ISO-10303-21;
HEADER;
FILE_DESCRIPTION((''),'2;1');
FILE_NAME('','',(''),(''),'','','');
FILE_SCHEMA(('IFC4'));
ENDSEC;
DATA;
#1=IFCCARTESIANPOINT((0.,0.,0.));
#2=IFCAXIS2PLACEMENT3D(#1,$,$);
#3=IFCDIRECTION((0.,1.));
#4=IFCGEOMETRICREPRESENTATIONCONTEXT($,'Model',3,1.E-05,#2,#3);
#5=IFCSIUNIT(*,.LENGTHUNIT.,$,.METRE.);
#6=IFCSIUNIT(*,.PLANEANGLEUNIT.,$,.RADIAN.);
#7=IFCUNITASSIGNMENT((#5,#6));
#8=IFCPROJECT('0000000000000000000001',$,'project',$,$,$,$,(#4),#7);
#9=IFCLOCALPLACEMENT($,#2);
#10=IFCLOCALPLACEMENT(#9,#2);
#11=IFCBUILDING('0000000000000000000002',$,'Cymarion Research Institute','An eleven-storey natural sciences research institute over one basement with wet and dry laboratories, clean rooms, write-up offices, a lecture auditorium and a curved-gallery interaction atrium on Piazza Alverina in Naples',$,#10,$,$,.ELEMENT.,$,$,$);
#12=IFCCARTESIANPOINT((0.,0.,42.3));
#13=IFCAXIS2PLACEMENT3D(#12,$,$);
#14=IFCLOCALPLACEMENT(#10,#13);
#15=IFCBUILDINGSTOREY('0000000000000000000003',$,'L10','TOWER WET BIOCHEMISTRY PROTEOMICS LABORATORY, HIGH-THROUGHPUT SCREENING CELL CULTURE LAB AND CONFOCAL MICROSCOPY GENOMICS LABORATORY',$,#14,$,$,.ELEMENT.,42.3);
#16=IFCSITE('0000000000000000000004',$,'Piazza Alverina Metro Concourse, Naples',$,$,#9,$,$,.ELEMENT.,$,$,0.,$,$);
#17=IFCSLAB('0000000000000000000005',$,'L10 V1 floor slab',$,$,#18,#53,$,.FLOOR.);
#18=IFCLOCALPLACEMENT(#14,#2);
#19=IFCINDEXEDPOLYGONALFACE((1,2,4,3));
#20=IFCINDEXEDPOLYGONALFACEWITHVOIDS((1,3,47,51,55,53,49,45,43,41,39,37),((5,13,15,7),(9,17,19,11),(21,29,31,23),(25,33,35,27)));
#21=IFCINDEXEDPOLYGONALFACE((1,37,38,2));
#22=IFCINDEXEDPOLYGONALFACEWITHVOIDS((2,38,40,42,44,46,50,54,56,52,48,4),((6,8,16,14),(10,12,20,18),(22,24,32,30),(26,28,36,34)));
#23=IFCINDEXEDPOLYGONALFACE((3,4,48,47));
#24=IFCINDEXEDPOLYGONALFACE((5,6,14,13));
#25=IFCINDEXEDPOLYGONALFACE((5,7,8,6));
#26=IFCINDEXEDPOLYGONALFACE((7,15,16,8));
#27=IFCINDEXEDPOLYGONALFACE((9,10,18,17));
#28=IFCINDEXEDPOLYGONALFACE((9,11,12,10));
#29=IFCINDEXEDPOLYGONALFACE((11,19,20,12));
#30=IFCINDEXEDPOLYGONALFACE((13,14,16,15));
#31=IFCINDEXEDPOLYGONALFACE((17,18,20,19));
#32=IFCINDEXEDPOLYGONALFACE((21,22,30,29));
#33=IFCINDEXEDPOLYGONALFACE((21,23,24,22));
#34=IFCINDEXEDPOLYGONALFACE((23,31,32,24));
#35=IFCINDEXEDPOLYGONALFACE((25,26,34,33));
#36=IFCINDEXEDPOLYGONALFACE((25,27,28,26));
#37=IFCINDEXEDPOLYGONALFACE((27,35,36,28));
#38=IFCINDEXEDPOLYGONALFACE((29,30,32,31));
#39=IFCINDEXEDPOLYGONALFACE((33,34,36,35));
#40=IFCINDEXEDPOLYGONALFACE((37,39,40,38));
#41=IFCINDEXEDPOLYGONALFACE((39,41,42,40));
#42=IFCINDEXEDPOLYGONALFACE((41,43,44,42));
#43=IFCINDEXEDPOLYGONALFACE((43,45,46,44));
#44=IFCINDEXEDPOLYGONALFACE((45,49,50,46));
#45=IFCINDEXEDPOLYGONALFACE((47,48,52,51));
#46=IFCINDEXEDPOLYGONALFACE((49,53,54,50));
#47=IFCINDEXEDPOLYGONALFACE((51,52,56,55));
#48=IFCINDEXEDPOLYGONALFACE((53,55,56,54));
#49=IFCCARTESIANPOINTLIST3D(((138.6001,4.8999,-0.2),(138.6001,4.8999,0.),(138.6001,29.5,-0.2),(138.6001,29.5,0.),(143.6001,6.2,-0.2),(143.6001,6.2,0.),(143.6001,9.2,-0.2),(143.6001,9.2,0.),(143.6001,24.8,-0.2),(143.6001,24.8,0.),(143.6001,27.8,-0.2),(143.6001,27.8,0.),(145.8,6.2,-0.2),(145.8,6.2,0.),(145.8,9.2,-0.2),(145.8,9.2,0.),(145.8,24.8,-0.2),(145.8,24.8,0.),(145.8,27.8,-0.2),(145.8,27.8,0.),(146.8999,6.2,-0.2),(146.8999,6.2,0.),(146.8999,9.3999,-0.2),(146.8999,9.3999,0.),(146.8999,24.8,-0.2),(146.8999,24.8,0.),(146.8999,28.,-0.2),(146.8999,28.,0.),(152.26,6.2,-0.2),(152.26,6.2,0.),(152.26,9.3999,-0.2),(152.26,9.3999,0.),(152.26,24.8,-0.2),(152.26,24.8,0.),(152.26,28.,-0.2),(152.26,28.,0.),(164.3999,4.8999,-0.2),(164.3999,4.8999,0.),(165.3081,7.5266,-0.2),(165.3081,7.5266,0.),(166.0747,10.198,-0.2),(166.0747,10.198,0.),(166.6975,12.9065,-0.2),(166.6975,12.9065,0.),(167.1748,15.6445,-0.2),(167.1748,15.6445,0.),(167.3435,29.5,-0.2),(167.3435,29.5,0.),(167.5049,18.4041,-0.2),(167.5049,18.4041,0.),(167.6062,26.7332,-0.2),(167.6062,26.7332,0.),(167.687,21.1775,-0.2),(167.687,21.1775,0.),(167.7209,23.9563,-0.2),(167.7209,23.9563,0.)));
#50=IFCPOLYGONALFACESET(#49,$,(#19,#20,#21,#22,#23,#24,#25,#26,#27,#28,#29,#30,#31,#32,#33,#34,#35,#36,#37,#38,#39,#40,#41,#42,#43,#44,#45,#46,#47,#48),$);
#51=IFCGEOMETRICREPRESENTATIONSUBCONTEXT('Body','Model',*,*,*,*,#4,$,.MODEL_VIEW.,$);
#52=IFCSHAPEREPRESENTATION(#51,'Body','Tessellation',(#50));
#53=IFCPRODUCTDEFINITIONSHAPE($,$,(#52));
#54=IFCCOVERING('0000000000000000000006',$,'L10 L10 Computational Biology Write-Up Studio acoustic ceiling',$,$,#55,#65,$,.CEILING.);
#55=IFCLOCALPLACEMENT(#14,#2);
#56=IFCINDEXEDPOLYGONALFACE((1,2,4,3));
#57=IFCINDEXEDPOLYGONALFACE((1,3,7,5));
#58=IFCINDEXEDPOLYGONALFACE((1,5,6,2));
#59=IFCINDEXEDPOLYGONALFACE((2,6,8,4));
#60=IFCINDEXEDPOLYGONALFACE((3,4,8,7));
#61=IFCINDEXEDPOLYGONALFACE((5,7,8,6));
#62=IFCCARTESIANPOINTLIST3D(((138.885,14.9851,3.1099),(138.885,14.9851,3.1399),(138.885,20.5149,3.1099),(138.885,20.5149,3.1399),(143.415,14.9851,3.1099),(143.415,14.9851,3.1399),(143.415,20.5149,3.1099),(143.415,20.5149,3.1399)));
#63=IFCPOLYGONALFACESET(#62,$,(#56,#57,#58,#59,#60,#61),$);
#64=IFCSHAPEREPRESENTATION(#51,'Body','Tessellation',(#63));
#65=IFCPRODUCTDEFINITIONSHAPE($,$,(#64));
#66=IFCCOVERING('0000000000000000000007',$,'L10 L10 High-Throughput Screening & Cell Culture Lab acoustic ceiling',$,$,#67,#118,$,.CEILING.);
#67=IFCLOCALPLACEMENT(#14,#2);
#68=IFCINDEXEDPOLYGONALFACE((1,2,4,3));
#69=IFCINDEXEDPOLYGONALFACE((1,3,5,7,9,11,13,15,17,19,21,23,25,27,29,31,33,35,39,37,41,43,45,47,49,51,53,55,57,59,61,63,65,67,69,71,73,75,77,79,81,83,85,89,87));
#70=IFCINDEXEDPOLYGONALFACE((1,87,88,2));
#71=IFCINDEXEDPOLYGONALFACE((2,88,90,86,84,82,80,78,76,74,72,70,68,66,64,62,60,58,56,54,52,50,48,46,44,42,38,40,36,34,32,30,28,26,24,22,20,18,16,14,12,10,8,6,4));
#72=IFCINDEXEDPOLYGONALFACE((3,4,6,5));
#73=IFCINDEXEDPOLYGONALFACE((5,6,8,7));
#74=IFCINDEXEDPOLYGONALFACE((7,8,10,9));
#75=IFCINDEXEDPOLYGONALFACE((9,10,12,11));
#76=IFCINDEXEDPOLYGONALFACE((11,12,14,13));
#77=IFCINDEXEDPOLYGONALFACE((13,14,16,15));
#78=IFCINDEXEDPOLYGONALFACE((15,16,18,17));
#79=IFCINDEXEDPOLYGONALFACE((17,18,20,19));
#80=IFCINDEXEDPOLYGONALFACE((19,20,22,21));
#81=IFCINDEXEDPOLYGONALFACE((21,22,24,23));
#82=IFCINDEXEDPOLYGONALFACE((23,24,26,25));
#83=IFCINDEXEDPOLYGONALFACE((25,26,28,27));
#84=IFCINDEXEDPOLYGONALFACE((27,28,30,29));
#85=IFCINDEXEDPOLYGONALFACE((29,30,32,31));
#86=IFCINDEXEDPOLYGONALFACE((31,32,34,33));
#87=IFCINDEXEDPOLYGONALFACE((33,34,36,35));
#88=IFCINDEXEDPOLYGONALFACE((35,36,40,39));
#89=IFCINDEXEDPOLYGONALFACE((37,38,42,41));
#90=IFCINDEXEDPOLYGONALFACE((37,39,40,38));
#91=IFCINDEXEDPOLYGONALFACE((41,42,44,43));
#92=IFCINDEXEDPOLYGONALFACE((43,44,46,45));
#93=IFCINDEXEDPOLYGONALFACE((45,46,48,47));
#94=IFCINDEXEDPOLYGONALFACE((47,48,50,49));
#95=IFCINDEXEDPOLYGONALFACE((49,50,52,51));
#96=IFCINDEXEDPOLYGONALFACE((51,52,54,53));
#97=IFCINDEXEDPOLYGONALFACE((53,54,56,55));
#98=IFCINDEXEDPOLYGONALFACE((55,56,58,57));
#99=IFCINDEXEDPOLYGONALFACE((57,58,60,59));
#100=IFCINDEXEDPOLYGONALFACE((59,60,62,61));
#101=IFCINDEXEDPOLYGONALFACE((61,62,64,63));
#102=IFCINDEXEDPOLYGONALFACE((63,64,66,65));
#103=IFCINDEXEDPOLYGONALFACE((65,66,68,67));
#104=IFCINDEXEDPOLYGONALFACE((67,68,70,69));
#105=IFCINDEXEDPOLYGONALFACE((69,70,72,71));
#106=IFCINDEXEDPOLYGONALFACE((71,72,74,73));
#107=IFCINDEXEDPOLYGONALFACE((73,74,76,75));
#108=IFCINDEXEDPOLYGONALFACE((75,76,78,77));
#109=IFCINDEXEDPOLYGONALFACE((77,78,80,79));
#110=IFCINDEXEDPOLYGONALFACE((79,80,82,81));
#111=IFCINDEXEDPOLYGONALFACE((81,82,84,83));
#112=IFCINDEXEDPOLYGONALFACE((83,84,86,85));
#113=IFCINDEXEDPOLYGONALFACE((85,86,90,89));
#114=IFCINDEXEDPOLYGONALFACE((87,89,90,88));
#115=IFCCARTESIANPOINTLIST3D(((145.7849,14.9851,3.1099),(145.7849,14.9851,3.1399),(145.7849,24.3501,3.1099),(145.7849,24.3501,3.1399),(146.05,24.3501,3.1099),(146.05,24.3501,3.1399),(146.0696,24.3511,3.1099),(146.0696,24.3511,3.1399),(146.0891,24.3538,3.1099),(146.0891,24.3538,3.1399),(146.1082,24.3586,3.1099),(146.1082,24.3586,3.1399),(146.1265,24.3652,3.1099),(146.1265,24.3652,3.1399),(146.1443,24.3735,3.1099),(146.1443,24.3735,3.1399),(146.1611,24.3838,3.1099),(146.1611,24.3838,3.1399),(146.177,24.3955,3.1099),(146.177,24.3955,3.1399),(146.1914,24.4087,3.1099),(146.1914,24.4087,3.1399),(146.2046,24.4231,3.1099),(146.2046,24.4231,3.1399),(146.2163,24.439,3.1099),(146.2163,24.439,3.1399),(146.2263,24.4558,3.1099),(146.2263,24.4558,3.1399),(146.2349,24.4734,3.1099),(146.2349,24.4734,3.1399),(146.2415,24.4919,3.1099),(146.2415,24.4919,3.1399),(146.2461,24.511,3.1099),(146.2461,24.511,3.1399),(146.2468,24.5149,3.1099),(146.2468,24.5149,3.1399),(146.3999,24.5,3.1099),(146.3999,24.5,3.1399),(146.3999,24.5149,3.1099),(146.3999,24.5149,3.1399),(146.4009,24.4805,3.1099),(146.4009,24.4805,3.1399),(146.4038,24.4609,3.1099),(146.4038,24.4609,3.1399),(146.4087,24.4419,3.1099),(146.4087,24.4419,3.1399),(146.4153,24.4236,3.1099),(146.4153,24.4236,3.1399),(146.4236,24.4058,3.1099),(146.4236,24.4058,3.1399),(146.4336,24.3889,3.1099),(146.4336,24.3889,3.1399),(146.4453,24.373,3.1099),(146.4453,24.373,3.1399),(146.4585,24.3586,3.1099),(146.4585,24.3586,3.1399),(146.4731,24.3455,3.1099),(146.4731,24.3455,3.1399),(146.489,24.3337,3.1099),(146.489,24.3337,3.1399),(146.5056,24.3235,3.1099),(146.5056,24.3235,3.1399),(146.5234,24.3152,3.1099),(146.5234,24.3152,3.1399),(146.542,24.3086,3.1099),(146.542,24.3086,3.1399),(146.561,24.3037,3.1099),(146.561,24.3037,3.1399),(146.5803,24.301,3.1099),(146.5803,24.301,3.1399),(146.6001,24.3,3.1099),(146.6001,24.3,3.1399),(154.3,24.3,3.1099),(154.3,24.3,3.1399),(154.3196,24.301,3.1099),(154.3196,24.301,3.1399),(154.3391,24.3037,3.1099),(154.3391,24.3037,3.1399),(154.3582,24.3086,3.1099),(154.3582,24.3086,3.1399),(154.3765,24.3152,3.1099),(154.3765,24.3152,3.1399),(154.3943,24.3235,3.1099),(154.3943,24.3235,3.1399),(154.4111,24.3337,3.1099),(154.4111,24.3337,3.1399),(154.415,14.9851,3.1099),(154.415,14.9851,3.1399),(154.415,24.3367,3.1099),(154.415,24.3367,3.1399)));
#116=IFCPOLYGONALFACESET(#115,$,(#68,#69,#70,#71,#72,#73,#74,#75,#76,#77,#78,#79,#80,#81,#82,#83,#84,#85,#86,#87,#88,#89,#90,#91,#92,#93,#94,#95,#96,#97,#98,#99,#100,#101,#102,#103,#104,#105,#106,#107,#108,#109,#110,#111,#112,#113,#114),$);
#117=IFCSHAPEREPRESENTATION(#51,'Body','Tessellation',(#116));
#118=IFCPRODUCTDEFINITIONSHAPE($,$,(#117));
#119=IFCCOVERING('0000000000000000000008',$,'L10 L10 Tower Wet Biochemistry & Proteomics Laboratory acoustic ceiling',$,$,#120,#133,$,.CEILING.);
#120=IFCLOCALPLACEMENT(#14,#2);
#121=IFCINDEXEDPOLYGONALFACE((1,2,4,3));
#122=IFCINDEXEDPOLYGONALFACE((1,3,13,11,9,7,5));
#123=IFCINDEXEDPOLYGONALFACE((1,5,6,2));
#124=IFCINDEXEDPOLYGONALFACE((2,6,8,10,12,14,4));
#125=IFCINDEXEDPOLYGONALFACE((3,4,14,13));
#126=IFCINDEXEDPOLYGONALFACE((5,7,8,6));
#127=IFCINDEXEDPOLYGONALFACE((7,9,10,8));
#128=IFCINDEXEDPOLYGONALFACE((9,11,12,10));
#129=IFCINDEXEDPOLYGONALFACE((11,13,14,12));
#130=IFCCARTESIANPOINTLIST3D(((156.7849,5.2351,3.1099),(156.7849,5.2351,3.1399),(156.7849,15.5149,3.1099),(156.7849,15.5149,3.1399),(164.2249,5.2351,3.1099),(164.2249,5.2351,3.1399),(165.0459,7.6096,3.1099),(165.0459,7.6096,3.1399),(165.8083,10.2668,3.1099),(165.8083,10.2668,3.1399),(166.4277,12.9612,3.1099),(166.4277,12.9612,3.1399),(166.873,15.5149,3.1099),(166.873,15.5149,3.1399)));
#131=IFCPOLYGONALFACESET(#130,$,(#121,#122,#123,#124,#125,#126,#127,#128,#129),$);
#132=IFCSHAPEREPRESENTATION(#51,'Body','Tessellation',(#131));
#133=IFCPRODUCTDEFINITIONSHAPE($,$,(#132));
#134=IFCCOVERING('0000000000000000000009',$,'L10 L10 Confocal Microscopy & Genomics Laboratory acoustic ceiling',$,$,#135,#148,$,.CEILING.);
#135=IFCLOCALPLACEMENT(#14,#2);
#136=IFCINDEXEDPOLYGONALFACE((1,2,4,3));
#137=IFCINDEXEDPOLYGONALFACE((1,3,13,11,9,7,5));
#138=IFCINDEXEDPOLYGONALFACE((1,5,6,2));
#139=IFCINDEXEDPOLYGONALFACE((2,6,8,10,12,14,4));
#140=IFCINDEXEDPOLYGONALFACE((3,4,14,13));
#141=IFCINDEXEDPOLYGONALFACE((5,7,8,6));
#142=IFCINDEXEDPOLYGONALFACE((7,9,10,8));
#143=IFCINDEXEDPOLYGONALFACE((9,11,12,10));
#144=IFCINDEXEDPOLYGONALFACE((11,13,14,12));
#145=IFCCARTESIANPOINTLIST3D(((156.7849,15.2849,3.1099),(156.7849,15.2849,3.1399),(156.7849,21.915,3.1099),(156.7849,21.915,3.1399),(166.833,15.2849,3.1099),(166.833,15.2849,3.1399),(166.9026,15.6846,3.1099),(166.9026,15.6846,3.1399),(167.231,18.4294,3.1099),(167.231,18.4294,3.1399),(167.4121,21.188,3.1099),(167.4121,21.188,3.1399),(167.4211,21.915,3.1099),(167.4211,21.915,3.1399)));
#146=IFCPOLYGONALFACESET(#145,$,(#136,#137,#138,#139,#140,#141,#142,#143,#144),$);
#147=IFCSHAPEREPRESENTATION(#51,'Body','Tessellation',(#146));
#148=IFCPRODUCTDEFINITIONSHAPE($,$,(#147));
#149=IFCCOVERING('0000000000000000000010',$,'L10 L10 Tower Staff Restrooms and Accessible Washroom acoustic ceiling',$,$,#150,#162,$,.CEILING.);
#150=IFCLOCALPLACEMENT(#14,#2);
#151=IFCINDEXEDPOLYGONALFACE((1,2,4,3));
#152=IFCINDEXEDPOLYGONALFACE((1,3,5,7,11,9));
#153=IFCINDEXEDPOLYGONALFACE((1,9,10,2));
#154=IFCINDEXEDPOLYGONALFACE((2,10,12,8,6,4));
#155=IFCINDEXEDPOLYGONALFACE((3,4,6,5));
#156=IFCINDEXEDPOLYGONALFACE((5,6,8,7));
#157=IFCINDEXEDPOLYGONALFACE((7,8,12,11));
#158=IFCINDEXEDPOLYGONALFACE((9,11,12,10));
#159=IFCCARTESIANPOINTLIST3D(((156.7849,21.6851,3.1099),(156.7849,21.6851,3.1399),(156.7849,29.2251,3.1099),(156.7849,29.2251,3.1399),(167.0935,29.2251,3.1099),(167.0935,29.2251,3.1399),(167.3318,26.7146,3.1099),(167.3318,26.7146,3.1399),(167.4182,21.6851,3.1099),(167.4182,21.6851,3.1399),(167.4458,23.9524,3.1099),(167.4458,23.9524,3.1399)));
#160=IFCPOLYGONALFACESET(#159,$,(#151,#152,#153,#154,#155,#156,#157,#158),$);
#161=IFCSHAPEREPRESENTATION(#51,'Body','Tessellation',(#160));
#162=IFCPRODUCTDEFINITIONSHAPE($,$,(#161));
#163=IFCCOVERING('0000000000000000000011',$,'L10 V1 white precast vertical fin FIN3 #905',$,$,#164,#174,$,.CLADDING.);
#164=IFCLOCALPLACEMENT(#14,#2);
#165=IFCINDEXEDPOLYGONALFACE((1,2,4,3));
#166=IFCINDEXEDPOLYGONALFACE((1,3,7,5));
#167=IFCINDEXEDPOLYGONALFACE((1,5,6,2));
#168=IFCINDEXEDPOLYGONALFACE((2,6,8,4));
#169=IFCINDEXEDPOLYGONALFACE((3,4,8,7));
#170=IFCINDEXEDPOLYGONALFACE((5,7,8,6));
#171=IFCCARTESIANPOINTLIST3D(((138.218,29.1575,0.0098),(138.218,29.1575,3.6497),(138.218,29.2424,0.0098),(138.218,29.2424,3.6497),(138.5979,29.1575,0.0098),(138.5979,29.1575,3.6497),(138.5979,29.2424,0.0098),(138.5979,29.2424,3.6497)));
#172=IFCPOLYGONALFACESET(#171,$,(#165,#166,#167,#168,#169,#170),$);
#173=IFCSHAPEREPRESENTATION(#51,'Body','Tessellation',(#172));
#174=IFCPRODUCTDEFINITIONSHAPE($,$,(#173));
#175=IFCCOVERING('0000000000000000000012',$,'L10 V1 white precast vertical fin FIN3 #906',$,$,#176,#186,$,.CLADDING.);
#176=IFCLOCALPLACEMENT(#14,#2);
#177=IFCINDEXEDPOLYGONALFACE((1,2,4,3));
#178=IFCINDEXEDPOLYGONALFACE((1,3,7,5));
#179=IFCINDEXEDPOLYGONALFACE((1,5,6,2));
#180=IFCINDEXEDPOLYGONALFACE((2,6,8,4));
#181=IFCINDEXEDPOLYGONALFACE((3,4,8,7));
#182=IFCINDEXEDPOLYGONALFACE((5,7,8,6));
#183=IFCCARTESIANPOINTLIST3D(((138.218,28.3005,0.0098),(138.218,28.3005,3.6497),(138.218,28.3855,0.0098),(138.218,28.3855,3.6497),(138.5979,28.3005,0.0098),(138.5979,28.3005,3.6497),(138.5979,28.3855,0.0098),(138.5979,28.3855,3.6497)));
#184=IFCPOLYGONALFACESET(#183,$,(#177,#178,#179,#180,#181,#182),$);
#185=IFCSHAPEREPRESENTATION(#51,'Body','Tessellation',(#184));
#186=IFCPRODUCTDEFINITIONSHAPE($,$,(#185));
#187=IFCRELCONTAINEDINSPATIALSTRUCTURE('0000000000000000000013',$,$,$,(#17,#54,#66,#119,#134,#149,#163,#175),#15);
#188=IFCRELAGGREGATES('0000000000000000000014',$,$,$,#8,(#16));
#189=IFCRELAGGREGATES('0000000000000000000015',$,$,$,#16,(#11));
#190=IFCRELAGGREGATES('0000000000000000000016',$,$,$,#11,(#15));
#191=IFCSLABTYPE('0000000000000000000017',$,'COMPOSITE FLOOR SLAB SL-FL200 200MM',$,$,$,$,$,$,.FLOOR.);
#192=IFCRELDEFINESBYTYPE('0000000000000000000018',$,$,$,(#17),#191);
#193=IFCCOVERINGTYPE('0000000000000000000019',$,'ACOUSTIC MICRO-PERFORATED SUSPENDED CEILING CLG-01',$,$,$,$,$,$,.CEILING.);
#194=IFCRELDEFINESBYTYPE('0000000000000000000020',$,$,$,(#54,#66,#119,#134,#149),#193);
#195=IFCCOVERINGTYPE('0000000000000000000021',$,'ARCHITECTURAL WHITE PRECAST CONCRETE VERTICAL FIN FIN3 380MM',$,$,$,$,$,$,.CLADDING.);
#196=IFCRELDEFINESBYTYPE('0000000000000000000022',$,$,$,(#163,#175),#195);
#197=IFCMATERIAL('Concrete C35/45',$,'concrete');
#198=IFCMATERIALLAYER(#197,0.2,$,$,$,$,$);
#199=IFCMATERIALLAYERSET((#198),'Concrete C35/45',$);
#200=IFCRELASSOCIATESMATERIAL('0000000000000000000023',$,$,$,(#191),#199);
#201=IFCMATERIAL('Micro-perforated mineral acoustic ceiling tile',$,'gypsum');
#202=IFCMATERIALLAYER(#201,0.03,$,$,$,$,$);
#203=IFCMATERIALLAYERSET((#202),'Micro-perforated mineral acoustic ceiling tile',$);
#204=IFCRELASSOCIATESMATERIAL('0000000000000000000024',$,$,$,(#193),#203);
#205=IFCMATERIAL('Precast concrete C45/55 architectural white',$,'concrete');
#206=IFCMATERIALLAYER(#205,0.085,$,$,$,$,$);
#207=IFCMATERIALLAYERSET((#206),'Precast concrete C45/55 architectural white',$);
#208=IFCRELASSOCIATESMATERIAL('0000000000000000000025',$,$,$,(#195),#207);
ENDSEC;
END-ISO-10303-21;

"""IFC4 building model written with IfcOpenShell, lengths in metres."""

from ifc_helpers import new_model, si_unit, direction, frame, origin, origin_2d, place, context, subcontext, project, spatial, polyline, rectangle, outline, extrude, material, layer, layer_set, type_object, element, save


model = new_model("IFC4")

# Units and contexts
model_context = context("Model", 3, precision=1e-05, world=origin(), true_north=direction((0.0, 1.0)))
body_context = subcontext(model_context, "Body", "Model", "MODEL_VIEW")
ifc_project = project(units=[si_unit("LENGTHUNIT", "METRE"), si_unit("PLANEANGLEUNIT", "RADIAN")], contexts=[model_context])

# Site, building, storey
site_placement = place(None, origin())
site = spatial("IfcSite", under=ifc_project, at=site_placement, Name="Piazza Alverina Metro Concourse, Naples", CompositionType="ELEMENT", RefElevation=0.0)
building_placement = place(site_placement, origin())
building = spatial("IfcBuilding", under=site, at=building_placement, Name="Cymarion Research Institute", Description="An eleven-storey natural sciences research institute over one basement with wet and dry laboratories, clean rooms, write-up offices, a lecture auditorium and a curved-gallery interaction atrium on Piazza Alverina in Naples", CompositionType="ELEMENT")
storey_placement = place(building_placement, frame((0.0, 0.0, 42.3)))
storey = spatial("IfcBuildingStorey", under=building, at=storey_placement, Name="L10", Description="TOWER WET BIOCHEMISTRY PROTEOMICS LABORATORY, HIGH-THROUGHPUT SCREENING CELL CULTURE LAB AND CONFOCAL MICROSCOPY GENOMICS LABORATORY", CompositionType="ELEMENT", Elevation=42.3)

# Slab
ifc_material_1 = material(Name="Concrete C35/45", Category="concrete")
ifc_layer_1 = layer(ifc_material_1, 0.2)
ifc_layer_set_1 = layer_set([ifc_layer_1], Name="Concrete C35/45")
slab_type = type_object("IfcSlabType", Name="COMPOSITE FLOOR SLAB SL-FL200 200MM", PredefinedType="FLOOR", material=ifc_layer_set_1)
slab_placement = place(storey_placement, frame((0.0, 0.0, -0.2)))
element("IfcSlab", 1, at=slab_placement, inside=storey, type_object=slab_type, Name="L10 V1 floor slab", PredefinedType="FLOOR", context=body_context, shape_type="SweptSolid", body=[
    extrude(outline(polyline([(138.6001, 4.8999), (164.3999, 4.8999), (165.3081, 7.5266), (166.0747, 10.198), (166.6975, 12.9065), (167.1748, 15.6445), (167.5049, 18.4041), (167.687, 21.1775), (167.7209, 23.9563), (167.6062, 26.7332), (167.3435, 29.5), (138.6001, 29.5), (138.6001, 4.8999)]), holes=[polyline([(152.26, 9.3999), (146.8999, 9.3999), (146.8999, 6.2), (152.26, 6.2), (152.26, 9.3999)]), polyline([(143.6001, 6.2), (145.8, 6.2), (145.8, 9.2), (143.6001, 9.2), (143.6001, 6.2)]), polyline([(152.26, 28.0), (146.8999, 28.0), (146.8999, 24.8), (152.26, 24.8), (152.26, 28.0)]), polyline([(143.6001, 24.8), (145.8, 24.8), (145.8, 27.8), (143.6001, 27.8), (143.6001, 24.8)])]), origin(), (0.0, 0.0, 1.0), 0.2),
])

# Coverings
ifc_material_2 = material(Name="Micro-perforated mineral acoustic ceiling tile", Category="gypsum")
ifc_layer_2 = layer(ifc_material_2, 0.03)
ifc_layer_set_2 = layer_set([ifc_layer_2], Name="Micro-perforated mineral acoustic ceiling tile")
covering_type_1 = type_object("IfcCoveringType", Name="ACOUSTIC MICRO-PERFORATED SUSPENDED CEILING CLG-01", PredefinedType="CEILING", material=ifc_layer_set_2)
covering_1_placement = place(storey_placement, frame((0.0, 0.0, 3.1099)))
element("IfcCovering", 2, at=covering_1_placement, inside=storey, type_object=covering_type_1, Name="L10 L10 Computational Biology Write-Up Studio acoustic ceiling", PredefinedType="CEILING", context=body_context, shape_type="SweptSolid", body=[
    extrude(outline(polyline([(143.415, 20.5149), (143.415, 14.9851), (138.885, 14.9851), (138.885, 20.5149), (143.415, 20.5149)])), origin(), (0.0, 0.0, 1.0), 0.03),
])
covering_2_placement = place(storey_placement, frame((0.0, 0.0, 3.1099)))
element("IfcCovering", 3, at=covering_2_placement, inside=storey, type_object=covering_type_1, Name="L10 L10 High-Throughput Screening & Cell Culture Lab acoustic ceiling", PredefinedType="CEILING", context=body_context, shape_type="SweptSolid", body=[
    extrude(outline(polyline([(146.3999, 24.5149), (146.3999, 24.5), (146.4009, 24.4805), (146.4038, 24.4609), (146.4087, 24.4419), (146.4153, 24.4236), (146.4236, 24.4058), (146.4336, 24.3889), (146.4453, 24.373), (146.4585, 24.3586), (146.4731, 24.3455), (146.489, 24.3337), (146.5056, 24.3235), (146.5234, 24.3152), (146.542, 24.3086), (146.561, 24.3037), (146.5803, 24.301), (146.6001, 24.3), (154.3, 24.3), (154.3196, 24.301), (154.3391, 24.3037), (154.3582, 24.3086), (154.3765, 24.3152), (154.3943, 24.3235), (154.4111, 24.3337), (154.415, 24.3367), (154.415, 14.9851), (145.7849, 14.9851), (145.7849, 24.3501), (146.05, 24.3501), (146.0696, 24.3511), (146.0891, 24.3538), (146.1082, 24.3586), (146.1265, 24.3652), (146.1443, 24.3735), (146.1611, 24.3838), (146.177, 24.3955), (146.1914, 24.4087), (146.2046, 24.4231), (146.2163, 24.439), (146.2263, 24.4558), (146.2349, 24.4734), (146.2415, 24.4919), (146.2461, 24.511), (146.2468, 24.5149), (146.3999, 24.5149)])), origin(), (0.0, 0.0, 1.0), 0.03),
])
covering_3_placement = place(storey_placement, frame((0.0, 0.0, 3.1099)))
element("IfcCovering", 4, at=covering_3_placement, inside=storey, type_object=covering_type_1, Name="L10 L10 Tower Wet Biochemistry & Proteomics Laboratory acoustic ceiling", PredefinedType="CEILING", context=body_context, shape_type="SweptSolid", body=[
    extrude(outline(polyline([(166.873, 15.5149), (166.4277, 12.9612), (165.8083, 10.2668), (165.0459, 7.6096), (164.2249, 5.2351), (156.7849, 5.2351), (156.7849, 15.5149), (166.873, 15.5149)])), origin(), (0.0, 0.0, 1.0), 0.03),
])
covering_4_placement = place(storey_placement, frame((0.0, 0.0, 3.1099)))
element("IfcCovering", 5, at=covering_4_placement, inside=storey, type_object=covering_type_1, Name="L10 L10 Confocal Microscopy & Genomics Laboratory acoustic ceiling", PredefinedType="CEILING", context=body_context, shape_type="SweptSolid", body=[
    extrude(outline(polyline([(167.4211, 21.915), (167.4121, 21.188), (167.231, 18.4294), (166.9026, 15.6846), (166.833, 15.2849), (156.7849, 15.2849), (156.7849, 21.915), (167.4211, 21.915)])), origin(), (0.0, 0.0, 1.0), 0.03),
])
covering_5_placement = place(storey_placement, frame((0.0, 0.0, 3.1099)))
element("IfcCovering", 6, at=covering_5_placement, inside=storey, type_object=covering_type_1, Name="L10 L10 Tower Staff Restrooms and Accessible Washroom acoustic ceiling", PredefinedType="CEILING", context=body_context, shape_type="SweptSolid", body=[
    extrude(outline(polyline([(167.4458, 23.9524), (167.4182, 21.6851), (156.7849, 21.6851), (156.7849, 29.2251), (167.0935, 29.2251), (167.3318, 26.7146), (167.4458, 23.9524)])), origin(), (0.0, 0.0, 1.0), 0.03),
])
ifc_material_3 = material(Name="Precast concrete C45/55 architectural white", Category="concrete")
ifc_layer_3 = layer(ifc_material_3, 0.085)
ifc_layer_set_3 = layer_set([ifc_layer_3], Name="Precast concrete C45/55 architectural white")
covering_type_2 = type_object("IfcCoveringType", Name="ARCHITECTURAL WHITE PRECAST CONCRETE VERTICAL FIN FIN3 380MM", PredefinedType="CLADDING", material=ifc_layer_set_3)
for number, where, z_axis, x_axis, name in (
    (7, (138.408, 29.2, 0.0098), (0.0, 0.0, 1.0), (-1.0, 0.0, 0.0), "L10 V1 white precast vertical fin FIN3 #905"),
    (8, (138.408, 28.343, 0.0098), (0.0, 0.0, 1.0), (-1.0, 0.0, 0.0), "L10 V1 white precast vertical fin FIN3 #906"),
):
    element("IfcCovering", number, at=place(storey_placement, frame(where, z_axis=z_axis, x_axis=x_axis)), inside=storey, type_object=covering_type_2, Name=name, PredefinedType="CLADDING", context=body_context, shape_type="SweptSolid", body=[
        extrude(rectangle(XDim=0.3799, YDim=0.085, at=origin_2d()), origin(), (0.0, 0.0, 1.0), 3.6399),
    ])

save(model, "model.ifc")
